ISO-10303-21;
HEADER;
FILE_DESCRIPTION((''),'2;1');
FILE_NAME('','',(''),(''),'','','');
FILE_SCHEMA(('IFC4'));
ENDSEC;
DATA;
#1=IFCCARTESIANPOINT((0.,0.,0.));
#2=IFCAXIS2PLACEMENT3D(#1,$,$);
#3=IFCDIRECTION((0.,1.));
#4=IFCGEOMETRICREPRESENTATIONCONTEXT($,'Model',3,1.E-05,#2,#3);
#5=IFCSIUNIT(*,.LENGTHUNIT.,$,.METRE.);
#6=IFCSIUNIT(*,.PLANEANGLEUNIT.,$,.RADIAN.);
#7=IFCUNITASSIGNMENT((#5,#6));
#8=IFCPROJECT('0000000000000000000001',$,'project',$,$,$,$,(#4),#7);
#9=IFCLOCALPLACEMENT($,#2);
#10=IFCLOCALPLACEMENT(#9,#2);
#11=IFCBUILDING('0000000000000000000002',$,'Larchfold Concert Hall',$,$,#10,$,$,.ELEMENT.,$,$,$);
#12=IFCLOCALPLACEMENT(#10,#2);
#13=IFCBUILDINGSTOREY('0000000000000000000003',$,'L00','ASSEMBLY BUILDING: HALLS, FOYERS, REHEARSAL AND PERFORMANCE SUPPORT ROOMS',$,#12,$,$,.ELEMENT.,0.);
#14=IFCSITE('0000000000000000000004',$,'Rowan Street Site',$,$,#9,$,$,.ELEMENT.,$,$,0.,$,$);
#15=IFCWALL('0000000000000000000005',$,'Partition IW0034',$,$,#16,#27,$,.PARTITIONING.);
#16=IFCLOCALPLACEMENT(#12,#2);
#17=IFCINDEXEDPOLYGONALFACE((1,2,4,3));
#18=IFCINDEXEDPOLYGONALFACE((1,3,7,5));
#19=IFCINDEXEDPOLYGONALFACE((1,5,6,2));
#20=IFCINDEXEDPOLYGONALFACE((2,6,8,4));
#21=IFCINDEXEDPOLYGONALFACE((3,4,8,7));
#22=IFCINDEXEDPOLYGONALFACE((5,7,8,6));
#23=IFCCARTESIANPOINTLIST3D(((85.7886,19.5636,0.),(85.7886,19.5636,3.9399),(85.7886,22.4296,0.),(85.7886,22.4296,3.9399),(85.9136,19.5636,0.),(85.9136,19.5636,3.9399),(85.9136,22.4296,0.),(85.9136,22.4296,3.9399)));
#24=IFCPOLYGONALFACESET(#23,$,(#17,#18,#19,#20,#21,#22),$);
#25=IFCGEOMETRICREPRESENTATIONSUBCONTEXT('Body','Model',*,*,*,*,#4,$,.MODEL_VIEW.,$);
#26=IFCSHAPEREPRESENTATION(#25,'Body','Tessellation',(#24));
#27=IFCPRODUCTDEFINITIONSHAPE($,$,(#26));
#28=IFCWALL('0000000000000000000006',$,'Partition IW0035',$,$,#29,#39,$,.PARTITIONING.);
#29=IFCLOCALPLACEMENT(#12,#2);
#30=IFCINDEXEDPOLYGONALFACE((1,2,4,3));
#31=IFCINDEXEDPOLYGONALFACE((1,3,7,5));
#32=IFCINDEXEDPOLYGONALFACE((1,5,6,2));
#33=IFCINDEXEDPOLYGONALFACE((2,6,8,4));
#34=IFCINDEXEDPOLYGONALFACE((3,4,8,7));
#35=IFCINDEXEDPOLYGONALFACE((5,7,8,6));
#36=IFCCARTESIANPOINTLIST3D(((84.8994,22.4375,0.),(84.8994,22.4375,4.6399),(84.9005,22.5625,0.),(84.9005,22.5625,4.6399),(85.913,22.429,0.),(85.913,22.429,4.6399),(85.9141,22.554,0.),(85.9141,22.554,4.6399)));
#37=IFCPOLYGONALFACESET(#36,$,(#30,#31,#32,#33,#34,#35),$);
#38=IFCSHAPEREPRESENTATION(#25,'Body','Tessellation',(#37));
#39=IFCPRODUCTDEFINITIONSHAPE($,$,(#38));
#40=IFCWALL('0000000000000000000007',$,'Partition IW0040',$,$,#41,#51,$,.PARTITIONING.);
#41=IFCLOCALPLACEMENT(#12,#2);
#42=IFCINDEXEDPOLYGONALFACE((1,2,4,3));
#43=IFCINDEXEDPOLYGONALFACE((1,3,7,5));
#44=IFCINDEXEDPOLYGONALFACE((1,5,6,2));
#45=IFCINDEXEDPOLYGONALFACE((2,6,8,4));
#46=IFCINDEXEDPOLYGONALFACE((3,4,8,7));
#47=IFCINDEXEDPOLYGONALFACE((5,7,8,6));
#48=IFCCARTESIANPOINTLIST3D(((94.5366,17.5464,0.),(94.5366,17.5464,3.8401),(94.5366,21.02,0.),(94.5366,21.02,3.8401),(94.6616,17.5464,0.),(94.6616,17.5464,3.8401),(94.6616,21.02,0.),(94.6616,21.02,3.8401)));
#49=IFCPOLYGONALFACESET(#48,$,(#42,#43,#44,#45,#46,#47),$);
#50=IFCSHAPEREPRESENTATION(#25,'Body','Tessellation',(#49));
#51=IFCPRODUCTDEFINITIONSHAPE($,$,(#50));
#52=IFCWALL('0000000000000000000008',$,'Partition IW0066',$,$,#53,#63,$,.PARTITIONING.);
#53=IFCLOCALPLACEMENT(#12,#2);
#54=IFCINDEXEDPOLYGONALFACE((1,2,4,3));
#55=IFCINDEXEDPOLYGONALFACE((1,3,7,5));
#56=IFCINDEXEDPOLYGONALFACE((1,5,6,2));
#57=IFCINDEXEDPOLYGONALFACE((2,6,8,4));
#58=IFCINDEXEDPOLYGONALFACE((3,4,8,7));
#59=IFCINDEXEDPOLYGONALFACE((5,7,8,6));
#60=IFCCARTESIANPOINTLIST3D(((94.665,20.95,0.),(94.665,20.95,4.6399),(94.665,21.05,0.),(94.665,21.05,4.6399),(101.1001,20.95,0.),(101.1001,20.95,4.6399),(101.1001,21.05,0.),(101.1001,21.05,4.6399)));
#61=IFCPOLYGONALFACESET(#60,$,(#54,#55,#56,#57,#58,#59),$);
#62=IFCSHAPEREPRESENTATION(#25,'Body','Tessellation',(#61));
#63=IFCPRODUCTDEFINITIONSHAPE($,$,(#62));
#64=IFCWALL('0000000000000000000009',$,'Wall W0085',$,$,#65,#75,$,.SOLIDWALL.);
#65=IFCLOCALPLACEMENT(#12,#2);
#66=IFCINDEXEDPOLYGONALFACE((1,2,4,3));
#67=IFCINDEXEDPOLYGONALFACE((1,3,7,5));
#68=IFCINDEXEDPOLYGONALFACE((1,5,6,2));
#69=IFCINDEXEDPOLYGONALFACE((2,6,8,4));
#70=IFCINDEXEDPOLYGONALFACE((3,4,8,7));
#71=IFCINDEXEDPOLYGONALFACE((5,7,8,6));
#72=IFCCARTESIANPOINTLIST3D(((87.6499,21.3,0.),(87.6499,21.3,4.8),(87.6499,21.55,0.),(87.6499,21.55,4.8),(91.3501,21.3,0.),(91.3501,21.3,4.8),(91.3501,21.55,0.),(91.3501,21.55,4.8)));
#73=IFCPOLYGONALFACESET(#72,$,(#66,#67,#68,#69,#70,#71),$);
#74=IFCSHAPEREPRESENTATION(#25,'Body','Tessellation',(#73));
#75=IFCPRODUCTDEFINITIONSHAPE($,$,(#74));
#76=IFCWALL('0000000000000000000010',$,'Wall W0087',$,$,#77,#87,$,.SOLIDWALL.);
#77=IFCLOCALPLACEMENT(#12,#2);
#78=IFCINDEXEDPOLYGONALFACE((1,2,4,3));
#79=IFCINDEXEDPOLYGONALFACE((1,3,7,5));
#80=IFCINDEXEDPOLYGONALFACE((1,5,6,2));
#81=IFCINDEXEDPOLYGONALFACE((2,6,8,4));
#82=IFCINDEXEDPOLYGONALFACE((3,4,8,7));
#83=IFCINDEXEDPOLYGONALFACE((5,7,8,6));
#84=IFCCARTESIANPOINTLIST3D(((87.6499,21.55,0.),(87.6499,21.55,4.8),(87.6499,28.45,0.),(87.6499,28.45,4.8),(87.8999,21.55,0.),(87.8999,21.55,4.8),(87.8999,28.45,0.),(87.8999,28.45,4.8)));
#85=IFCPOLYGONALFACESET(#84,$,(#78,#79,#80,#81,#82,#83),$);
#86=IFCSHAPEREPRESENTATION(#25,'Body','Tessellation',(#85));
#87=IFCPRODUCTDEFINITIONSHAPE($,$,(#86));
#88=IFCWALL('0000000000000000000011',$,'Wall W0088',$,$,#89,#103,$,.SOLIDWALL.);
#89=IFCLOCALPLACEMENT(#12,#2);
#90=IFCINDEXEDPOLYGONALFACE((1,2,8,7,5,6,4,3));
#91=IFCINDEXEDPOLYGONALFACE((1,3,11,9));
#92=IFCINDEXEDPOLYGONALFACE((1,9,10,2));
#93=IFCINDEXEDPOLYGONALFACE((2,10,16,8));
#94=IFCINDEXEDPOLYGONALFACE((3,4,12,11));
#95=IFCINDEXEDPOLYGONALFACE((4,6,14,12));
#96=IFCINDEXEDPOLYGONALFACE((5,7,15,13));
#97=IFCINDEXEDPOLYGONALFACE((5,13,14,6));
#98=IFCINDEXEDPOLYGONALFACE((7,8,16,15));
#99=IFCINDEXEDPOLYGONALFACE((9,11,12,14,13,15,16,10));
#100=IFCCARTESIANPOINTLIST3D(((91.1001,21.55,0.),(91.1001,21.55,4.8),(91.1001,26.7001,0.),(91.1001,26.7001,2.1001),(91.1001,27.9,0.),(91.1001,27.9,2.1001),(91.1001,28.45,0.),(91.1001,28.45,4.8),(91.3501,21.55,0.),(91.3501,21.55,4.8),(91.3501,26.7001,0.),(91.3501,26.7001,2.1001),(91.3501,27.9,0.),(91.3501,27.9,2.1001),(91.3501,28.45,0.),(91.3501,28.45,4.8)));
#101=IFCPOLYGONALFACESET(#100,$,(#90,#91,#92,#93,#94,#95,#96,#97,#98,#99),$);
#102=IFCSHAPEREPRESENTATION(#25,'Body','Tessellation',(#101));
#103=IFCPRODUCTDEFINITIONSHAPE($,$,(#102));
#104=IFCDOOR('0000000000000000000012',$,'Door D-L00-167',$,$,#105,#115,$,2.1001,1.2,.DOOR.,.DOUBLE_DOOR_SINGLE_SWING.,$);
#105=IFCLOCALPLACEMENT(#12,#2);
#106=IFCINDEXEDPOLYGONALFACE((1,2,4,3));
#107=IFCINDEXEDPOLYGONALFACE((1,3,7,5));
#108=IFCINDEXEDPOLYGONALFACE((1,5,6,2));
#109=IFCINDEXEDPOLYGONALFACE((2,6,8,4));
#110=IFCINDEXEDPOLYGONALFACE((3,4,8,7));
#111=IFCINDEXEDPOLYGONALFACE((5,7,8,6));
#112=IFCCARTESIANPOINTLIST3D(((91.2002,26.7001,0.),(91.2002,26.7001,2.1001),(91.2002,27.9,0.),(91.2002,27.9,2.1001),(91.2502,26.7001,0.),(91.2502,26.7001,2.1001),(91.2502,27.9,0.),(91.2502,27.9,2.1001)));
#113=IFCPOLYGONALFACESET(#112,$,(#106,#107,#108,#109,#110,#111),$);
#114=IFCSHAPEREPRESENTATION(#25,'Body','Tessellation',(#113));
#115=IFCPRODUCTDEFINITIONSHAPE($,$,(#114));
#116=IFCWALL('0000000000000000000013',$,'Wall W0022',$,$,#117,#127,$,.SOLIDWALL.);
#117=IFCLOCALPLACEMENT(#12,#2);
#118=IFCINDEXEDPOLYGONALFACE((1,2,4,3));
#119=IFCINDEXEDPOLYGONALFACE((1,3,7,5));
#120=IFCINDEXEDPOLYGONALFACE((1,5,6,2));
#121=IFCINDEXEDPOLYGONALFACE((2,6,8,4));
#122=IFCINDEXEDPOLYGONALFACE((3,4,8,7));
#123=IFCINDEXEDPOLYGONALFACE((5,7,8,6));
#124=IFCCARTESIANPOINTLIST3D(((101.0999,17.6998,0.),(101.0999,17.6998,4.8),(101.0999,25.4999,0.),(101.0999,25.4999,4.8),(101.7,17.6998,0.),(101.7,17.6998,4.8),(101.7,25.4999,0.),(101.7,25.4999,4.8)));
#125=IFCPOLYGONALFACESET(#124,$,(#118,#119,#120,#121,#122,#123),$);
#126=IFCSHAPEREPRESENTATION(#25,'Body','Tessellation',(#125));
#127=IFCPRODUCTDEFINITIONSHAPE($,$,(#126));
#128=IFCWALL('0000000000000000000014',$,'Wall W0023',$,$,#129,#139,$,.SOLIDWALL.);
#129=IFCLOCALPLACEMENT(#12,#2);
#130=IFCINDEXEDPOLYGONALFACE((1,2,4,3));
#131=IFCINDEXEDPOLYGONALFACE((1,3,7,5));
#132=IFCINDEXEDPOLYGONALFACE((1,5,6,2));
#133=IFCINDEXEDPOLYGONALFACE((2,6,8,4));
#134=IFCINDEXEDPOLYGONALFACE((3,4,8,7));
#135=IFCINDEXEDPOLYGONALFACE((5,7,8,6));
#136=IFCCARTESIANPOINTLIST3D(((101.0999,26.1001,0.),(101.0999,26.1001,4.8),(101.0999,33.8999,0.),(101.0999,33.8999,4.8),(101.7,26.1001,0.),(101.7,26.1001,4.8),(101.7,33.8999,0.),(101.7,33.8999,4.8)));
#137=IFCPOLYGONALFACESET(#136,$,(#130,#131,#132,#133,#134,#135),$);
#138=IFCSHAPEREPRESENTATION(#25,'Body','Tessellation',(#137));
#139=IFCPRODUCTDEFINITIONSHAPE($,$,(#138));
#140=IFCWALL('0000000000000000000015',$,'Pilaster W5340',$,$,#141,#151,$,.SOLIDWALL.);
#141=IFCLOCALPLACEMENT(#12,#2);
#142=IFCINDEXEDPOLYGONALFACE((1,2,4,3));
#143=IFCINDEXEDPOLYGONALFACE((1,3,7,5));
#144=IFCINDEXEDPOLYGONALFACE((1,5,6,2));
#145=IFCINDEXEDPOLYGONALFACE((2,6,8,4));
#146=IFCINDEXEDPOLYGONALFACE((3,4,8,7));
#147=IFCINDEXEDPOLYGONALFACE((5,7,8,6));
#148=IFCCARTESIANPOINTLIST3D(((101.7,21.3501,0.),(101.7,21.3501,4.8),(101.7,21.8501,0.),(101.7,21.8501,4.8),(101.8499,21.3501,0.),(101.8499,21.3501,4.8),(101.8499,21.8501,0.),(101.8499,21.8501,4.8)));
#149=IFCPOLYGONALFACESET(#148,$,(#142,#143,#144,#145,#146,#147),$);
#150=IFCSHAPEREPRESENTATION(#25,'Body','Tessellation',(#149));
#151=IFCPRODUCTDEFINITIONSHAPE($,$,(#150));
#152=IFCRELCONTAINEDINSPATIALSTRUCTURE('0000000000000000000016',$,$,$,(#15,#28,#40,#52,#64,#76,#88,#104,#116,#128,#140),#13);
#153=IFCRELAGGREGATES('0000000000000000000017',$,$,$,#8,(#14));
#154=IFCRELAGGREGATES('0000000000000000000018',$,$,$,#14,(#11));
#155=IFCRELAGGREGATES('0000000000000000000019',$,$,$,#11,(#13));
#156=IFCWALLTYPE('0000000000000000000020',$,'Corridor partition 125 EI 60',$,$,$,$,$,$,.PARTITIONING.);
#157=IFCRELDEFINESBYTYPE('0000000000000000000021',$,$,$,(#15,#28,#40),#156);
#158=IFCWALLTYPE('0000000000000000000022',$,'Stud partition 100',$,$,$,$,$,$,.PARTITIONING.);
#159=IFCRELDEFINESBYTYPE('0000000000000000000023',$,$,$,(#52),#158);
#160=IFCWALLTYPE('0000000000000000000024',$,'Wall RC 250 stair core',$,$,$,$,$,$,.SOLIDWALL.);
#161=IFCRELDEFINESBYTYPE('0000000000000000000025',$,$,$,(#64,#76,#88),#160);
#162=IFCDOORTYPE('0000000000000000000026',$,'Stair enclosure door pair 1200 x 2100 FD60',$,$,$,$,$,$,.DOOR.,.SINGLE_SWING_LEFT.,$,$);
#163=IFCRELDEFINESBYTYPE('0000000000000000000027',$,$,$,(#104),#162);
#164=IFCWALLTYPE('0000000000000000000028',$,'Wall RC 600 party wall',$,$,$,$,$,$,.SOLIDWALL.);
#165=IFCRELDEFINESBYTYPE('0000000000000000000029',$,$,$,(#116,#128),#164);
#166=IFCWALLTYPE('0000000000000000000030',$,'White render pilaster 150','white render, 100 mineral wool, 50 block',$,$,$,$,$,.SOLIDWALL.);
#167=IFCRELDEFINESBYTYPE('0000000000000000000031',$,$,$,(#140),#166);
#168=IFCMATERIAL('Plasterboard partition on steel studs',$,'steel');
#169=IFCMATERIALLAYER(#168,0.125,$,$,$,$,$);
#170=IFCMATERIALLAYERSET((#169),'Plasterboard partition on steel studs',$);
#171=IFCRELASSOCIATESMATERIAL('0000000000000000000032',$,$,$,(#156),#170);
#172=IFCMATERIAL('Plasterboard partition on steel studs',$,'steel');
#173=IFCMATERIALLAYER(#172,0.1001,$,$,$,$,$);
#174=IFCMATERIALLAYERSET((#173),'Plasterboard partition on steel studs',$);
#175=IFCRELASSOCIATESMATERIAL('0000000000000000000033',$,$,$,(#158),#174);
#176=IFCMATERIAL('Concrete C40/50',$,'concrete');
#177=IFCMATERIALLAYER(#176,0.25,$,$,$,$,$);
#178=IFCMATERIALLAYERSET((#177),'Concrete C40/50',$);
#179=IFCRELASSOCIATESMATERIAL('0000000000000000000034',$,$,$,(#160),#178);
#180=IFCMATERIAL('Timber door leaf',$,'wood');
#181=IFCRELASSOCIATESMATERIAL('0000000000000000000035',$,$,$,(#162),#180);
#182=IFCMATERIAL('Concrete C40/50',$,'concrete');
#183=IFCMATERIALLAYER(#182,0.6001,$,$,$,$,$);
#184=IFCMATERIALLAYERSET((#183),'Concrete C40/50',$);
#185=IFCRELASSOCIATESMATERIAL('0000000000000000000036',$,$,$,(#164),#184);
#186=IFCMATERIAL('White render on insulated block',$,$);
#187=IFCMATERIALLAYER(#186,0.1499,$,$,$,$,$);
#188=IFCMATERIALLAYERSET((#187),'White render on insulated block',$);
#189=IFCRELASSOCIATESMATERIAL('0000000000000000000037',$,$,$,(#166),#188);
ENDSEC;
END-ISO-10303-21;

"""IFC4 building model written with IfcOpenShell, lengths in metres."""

from ifc_helpers import new_model, si_unit, direction, frame, frame_2d, origin, place, context, subcontext, project, spatial, rectangle, extrude, material, layer, layer_set, type_object, element, fill, save


model = new_model("IFC4")

# Units and contexts
model_context = context("Model", 3, precision=1e-05, world=origin(), true_north=direction((0.0, 1.0)))
body_context = subcontext(model_context, "Body", "Model", "MODEL_VIEW")
ifc_project = project(units=[si_unit("LENGTHUNIT", "METRE"), si_unit("PLANEANGLEUNIT", "RADIAN")], contexts=[model_context])

# Site, building, storey
site_placement = place(None, origin())
site = spatial("IfcSite", under=ifc_project, at=site_placement, Name="Rowan Street Site", CompositionType="ELEMENT", RefElevation=0.0)
building_placement = place(site_placement, origin())
building = spatial("IfcBuilding", under=site, at=building_placement, Name="Larchfold Concert Hall", CompositionType="ELEMENT")
storey_placement = place(building_placement, origin())
storey = spatial("IfcBuildingStorey", under=building, at=storey_placement, Name="L00", Description="ASSEMBLY BUILDING: HALLS, FOYERS, REHEARSAL AND PERFORMANCE SUPPORT ROOMS", CompositionType="ELEMENT", Elevation=0.0)

# Shared definitions
ifc_material_1 = material(Name="Plasterboard partition on steel studs", Category="steel")
ifc_layer_1 = layer(ifc_material_1, 0.125)
ifc_layer_set_1 = layer_set([ifc_layer_1], Name="Plasterboard partition on steel studs")
wall_type_1 = type_object("IfcWallType", Name="Corridor partition 125 EI 60", PredefinedType="PARTITIONING", material=ifc_layer_set_1)

# Walls
wall_1_placement = place(storey_placement, frame((85.8511, 19.5635, 0.0), z_axis=(0.0, 0.0, 1.0), x_axis=(0.0, 1.0, 0.0)))
element("IfcWall", 1, at=wall_1_placement, inside=storey, type_object=wall_type_1, Name="Partition IW0034", PredefinedType="PARTITIONING", context=body_context, shape_type="SweptSolid", body=[
    extrude(rectangle(XDim=2.866, YDim=0.125, at=frame_2d((1.4331, 0.0))), origin(), (0.0, 0.0, 1.0), 3.9399),
])
wall_2_placement = place(storey_placement, frame((85.9136, 22.4915, 0.0), z_axis=(0.0, 0.0, 1.0), x_axis=(-0.999964, 0.008429, 0.0)))
element("IfcWall", 2, at=wall_2_placement, inside=storey, type_object=wall_type_1, Name="Partition IW0035", PredefinedType="PARTITIONING", context=body_context, shape_type="SweptSolid", body=[
    extrude(rectangle(XDim=1.0137, YDim=0.125, at=frame_2d((0.5068, 0.0))), origin(), (0.0, 0.0, 1.0), 4.6399),
])
wall_3_placement = place(storey_placement, frame((94.5991, 21.02, 0.0), z_axis=(0.0, 0.0, 1.0), x_axis=(0.0, -1.0, 0.0)))
element("IfcWall", 3, at=wall_3_placement, inside=storey, type_object=wall_type_1, Name="Partition IW0040", PredefinedType="PARTITIONING", context=body_context, shape_type="SweptSolid", body=[
    extrude(rectangle(XDim=3.4736, YDim=0.125, at=frame_2d((1.7368, 0.0))), origin(), (0.0, 0.0, 1.0), 3.8401),
])
ifc_material_2 = material(Name="Plasterboard partition on steel studs", Category="steel")
ifc_layer_2 = layer(ifc_material_2, 0.1001)
ifc_layer_set_2 = layer_set([ifc_layer_2], Name="Plasterboard partition on steel studs")
wall_type_2 = type_object("IfcWallType", Name="Stud partition 100", PredefinedType="PARTITIONING", material=ifc_layer_set_2)
wall_4_placement = place(storey_placement, frame((94.665, 21.0, 0.0), z_axis=(0.0, 0.0, 1.0), x_axis=(1.0, 0.0, 0.0)))
element("IfcWall", 4, at=wall_4_placement, inside=storey, type_object=wall_type_2, Name="Partition IW0066", PredefinedType="PARTITIONING", context=body_context, shape_type="SweptSolid", body=[
    extrude(rectangle(XDim=6.4351, YDim=0.1001, at=frame_2d((3.2175, 0.0))), origin(), (0.0, 0.0, 1.0), 4.6399),
])
ifc_material_3 = material(Name="Concrete C40/50", Category="concrete")
ifc_layer_3 = layer(ifc_material_3, 0.25)
ifc_layer_set_3 = layer_set([ifc_layer_3], Name="Concrete C40/50")
wall_type_3 = type_object("IfcWallType", Name="Wall RC 250 stair core", PredefinedType="SOLIDWALL", material=ifc_layer_set_3)
wall_5_placement = place(storey_placement, frame((87.6499, 21.425, 0.0), z_axis=(0.0, 0.0, 1.0), x_axis=(1.0, 0.0, 0.0)))
element("IfcWall", 5, at=wall_5_placement, inside=storey, type_object=wall_type_3, Name="Wall W0085", PredefinedType="SOLIDWALL", context=body_context, shape_type="SweptSolid", body=[
    extrude(rectangle(XDim=3.7002, YDim=0.25, at=frame_2d((1.8501, 0.0))), origin(), (0.0, 0.0, 1.0), 4.8),
])
wall_6_placement = place(storey_placement, frame((87.7749, 21.55, 0.0), z_axis=(0.0, 0.0, 1.0), x_axis=(0.0, 1.0, 0.0)))
element("IfcWall", 6, at=wall_6_placement, inside=storey, type_object=wall_type_3, Name="Wall W0087", PredefinedType="SOLIDWALL", context=body_context, shape_type="SweptSolid", body=[
    extrude(rectangle(XDim=6.8999, YDim=0.25, at=frame_2d((3.45, 0.0))), origin(), (0.0, 0.0, 1.0), 4.8),
])

# Wall, opening, door
wall_7_placement = place(storey_placement, frame((91.2251, 21.55, 0.0), z_axis=(0.0, 0.0, 1.0), x_axis=(0.0, 1.0, 0.0)))
wall_7 = element("IfcWall", 7, at=wall_7_placement, inside=storey, type_object=wall_type_3, Name="Wall W0088", PredefinedType="SOLIDWALL", context=body_context, shape_type="SweptSolid", body=[
    extrude(rectangle(XDim=6.8999, YDim=0.25, at=frame_2d((3.45, 0.0))), origin(), (0.0, 0.0, 1.0), 4.8),
])
opening_1_placement = place(wall_7_placement, frame((5.1499, 0.0, 0.0)))
opening_1 = element("IfcOpeningElement", 8, at=opening_1_placement, cuts=wall_7, PredefinedType="OPENING", context=body_context, shape_type="SweptSolid", body=[
    extrude(rectangle(XDim=1.2, YDim=2.1001, at=frame_2d((0.6001, 1.05))), frame((0.0, 0.135, 0.0), z_axis=(0.0, -1.0, 0.0), x_axis=(1.0, 0.0, 0.0)), (0.0, 0.0, 1.0), 0.27),
])
ifc_material_4 = material(Name="Timber door leaf", Category="wood")
door_type_1 = type_object("IfcDoorType", Name="Stair enclosure door pair 1200 x 2100 FD60", OperationType="SINGLE_SWING_LEFT", PredefinedType="DOOR", material=ifc_material_4)
door_1_placement = place(opening_1_placement, origin())
door_1 = element("IfcDoor", 9, at=door_1_placement, inside=storey, type_object=door_type_1, Name="Door D-L00-167", OperationType="DOUBLE_DOOR_SINGLE_SWING", OverallHeight=2.1001, OverallWidth=1.2, PredefinedType="DOOR", context=body_context, shape_type="SweptSolid", body=[
    extrude(rectangle(XDim=1.2, YDim=2.1001, at=frame_2d((0.6001, 1.05))), frame((0.0, 0.0249, 0.0), z_axis=(0.0, -1.0, 0.0), x_axis=(1.0, 0.0, 0.0)), (0.0, 0.0, 1.0), 0.05),
])
fill(opening_1, door_1)

# Walls
ifc_material_5 = material(Name="Concrete C40/50", Category="concrete")
ifc_layer_4 = layer(ifc_material_5, 0.6001)
ifc_layer_set_4 = layer_set([ifc_layer_4], Name="Concrete C40/50")
wall_type_4 = type_object("IfcWallType", Name="Wall RC 600 party wall", PredefinedType="SOLIDWALL", material=ifc_layer_set_4)
wall_8_placement = place(storey_placement, frame((101.3999, 17.7, 0.0), z_axis=(0.0, 0.0, 1.0), x_axis=(0.0, 1.0, 0.0)))
element("IfcWall", 10, at=wall_8_placement, inside=storey, type_object=wall_type_4, Name="Wall W0022", PredefinedType="SOLIDWALL", context=body_context, shape_type="SweptSolid", body=[
    extrude(rectangle(XDim=7.8, YDim=0.6001, at=frame_2d((3.8999, 0.0))), origin(), (0.0, 0.0, 1.0), 4.8),
])
wall_9_placement = place(storey_placement, frame((101.3999, 26.1001, 0.0), z_axis=(0.0, 0.0, 1.0), x_axis=(0.0, 1.0, 0.0)))
element("IfcWall", 11, at=wall_9_placement, inside=storey, type_object=wall_type_4, Name="Wall W0023", PredefinedType="SOLIDWALL", context=body_context, shape_type="SweptSolid", body=[
    extrude(rectangle(XDim=7.7998, YDim=0.6001, at=frame_2d((3.8999, 0.0))), origin(), (0.0, 0.0, 1.0), 4.8),
])
ifc_material_6 = material(Name="White render on insulated block")
ifc_layer_5 = layer(ifc_material_6, 0.1499)
ifc_layer_set_5 = layer_set([ifc_layer_5], Name="White render on insulated block")
wall_type_5 = type_object("IfcWallType", Name="White render pilaster 150", Description="white render, 100 mineral wool, 50 block", PredefinedType="SOLIDWALL", material=ifc_layer_set_5)
wall_10_placement = place(storey_placement, frame((101.7749, 21.3501, 0.0), z_axis=(0.0, 0.0, 1.0), x_axis=(0.0, 1.0, 0.0)))
element("IfcWall", 12, at=wall_10_placement, inside=storey, type_object=wall_type_5, Name="Pilaster W5340", PredefinedType="SOLIDWALL", context=body_context, shape_type="SweptSolid", body=[
    extrude(rectangle(XDim=0.5, YDim=0.1499, at=frame_2d((0.25, 0.0))), origin(), (0.0, 0.0, 1.0), 4.8),
])

save(model, "model.ifc")
